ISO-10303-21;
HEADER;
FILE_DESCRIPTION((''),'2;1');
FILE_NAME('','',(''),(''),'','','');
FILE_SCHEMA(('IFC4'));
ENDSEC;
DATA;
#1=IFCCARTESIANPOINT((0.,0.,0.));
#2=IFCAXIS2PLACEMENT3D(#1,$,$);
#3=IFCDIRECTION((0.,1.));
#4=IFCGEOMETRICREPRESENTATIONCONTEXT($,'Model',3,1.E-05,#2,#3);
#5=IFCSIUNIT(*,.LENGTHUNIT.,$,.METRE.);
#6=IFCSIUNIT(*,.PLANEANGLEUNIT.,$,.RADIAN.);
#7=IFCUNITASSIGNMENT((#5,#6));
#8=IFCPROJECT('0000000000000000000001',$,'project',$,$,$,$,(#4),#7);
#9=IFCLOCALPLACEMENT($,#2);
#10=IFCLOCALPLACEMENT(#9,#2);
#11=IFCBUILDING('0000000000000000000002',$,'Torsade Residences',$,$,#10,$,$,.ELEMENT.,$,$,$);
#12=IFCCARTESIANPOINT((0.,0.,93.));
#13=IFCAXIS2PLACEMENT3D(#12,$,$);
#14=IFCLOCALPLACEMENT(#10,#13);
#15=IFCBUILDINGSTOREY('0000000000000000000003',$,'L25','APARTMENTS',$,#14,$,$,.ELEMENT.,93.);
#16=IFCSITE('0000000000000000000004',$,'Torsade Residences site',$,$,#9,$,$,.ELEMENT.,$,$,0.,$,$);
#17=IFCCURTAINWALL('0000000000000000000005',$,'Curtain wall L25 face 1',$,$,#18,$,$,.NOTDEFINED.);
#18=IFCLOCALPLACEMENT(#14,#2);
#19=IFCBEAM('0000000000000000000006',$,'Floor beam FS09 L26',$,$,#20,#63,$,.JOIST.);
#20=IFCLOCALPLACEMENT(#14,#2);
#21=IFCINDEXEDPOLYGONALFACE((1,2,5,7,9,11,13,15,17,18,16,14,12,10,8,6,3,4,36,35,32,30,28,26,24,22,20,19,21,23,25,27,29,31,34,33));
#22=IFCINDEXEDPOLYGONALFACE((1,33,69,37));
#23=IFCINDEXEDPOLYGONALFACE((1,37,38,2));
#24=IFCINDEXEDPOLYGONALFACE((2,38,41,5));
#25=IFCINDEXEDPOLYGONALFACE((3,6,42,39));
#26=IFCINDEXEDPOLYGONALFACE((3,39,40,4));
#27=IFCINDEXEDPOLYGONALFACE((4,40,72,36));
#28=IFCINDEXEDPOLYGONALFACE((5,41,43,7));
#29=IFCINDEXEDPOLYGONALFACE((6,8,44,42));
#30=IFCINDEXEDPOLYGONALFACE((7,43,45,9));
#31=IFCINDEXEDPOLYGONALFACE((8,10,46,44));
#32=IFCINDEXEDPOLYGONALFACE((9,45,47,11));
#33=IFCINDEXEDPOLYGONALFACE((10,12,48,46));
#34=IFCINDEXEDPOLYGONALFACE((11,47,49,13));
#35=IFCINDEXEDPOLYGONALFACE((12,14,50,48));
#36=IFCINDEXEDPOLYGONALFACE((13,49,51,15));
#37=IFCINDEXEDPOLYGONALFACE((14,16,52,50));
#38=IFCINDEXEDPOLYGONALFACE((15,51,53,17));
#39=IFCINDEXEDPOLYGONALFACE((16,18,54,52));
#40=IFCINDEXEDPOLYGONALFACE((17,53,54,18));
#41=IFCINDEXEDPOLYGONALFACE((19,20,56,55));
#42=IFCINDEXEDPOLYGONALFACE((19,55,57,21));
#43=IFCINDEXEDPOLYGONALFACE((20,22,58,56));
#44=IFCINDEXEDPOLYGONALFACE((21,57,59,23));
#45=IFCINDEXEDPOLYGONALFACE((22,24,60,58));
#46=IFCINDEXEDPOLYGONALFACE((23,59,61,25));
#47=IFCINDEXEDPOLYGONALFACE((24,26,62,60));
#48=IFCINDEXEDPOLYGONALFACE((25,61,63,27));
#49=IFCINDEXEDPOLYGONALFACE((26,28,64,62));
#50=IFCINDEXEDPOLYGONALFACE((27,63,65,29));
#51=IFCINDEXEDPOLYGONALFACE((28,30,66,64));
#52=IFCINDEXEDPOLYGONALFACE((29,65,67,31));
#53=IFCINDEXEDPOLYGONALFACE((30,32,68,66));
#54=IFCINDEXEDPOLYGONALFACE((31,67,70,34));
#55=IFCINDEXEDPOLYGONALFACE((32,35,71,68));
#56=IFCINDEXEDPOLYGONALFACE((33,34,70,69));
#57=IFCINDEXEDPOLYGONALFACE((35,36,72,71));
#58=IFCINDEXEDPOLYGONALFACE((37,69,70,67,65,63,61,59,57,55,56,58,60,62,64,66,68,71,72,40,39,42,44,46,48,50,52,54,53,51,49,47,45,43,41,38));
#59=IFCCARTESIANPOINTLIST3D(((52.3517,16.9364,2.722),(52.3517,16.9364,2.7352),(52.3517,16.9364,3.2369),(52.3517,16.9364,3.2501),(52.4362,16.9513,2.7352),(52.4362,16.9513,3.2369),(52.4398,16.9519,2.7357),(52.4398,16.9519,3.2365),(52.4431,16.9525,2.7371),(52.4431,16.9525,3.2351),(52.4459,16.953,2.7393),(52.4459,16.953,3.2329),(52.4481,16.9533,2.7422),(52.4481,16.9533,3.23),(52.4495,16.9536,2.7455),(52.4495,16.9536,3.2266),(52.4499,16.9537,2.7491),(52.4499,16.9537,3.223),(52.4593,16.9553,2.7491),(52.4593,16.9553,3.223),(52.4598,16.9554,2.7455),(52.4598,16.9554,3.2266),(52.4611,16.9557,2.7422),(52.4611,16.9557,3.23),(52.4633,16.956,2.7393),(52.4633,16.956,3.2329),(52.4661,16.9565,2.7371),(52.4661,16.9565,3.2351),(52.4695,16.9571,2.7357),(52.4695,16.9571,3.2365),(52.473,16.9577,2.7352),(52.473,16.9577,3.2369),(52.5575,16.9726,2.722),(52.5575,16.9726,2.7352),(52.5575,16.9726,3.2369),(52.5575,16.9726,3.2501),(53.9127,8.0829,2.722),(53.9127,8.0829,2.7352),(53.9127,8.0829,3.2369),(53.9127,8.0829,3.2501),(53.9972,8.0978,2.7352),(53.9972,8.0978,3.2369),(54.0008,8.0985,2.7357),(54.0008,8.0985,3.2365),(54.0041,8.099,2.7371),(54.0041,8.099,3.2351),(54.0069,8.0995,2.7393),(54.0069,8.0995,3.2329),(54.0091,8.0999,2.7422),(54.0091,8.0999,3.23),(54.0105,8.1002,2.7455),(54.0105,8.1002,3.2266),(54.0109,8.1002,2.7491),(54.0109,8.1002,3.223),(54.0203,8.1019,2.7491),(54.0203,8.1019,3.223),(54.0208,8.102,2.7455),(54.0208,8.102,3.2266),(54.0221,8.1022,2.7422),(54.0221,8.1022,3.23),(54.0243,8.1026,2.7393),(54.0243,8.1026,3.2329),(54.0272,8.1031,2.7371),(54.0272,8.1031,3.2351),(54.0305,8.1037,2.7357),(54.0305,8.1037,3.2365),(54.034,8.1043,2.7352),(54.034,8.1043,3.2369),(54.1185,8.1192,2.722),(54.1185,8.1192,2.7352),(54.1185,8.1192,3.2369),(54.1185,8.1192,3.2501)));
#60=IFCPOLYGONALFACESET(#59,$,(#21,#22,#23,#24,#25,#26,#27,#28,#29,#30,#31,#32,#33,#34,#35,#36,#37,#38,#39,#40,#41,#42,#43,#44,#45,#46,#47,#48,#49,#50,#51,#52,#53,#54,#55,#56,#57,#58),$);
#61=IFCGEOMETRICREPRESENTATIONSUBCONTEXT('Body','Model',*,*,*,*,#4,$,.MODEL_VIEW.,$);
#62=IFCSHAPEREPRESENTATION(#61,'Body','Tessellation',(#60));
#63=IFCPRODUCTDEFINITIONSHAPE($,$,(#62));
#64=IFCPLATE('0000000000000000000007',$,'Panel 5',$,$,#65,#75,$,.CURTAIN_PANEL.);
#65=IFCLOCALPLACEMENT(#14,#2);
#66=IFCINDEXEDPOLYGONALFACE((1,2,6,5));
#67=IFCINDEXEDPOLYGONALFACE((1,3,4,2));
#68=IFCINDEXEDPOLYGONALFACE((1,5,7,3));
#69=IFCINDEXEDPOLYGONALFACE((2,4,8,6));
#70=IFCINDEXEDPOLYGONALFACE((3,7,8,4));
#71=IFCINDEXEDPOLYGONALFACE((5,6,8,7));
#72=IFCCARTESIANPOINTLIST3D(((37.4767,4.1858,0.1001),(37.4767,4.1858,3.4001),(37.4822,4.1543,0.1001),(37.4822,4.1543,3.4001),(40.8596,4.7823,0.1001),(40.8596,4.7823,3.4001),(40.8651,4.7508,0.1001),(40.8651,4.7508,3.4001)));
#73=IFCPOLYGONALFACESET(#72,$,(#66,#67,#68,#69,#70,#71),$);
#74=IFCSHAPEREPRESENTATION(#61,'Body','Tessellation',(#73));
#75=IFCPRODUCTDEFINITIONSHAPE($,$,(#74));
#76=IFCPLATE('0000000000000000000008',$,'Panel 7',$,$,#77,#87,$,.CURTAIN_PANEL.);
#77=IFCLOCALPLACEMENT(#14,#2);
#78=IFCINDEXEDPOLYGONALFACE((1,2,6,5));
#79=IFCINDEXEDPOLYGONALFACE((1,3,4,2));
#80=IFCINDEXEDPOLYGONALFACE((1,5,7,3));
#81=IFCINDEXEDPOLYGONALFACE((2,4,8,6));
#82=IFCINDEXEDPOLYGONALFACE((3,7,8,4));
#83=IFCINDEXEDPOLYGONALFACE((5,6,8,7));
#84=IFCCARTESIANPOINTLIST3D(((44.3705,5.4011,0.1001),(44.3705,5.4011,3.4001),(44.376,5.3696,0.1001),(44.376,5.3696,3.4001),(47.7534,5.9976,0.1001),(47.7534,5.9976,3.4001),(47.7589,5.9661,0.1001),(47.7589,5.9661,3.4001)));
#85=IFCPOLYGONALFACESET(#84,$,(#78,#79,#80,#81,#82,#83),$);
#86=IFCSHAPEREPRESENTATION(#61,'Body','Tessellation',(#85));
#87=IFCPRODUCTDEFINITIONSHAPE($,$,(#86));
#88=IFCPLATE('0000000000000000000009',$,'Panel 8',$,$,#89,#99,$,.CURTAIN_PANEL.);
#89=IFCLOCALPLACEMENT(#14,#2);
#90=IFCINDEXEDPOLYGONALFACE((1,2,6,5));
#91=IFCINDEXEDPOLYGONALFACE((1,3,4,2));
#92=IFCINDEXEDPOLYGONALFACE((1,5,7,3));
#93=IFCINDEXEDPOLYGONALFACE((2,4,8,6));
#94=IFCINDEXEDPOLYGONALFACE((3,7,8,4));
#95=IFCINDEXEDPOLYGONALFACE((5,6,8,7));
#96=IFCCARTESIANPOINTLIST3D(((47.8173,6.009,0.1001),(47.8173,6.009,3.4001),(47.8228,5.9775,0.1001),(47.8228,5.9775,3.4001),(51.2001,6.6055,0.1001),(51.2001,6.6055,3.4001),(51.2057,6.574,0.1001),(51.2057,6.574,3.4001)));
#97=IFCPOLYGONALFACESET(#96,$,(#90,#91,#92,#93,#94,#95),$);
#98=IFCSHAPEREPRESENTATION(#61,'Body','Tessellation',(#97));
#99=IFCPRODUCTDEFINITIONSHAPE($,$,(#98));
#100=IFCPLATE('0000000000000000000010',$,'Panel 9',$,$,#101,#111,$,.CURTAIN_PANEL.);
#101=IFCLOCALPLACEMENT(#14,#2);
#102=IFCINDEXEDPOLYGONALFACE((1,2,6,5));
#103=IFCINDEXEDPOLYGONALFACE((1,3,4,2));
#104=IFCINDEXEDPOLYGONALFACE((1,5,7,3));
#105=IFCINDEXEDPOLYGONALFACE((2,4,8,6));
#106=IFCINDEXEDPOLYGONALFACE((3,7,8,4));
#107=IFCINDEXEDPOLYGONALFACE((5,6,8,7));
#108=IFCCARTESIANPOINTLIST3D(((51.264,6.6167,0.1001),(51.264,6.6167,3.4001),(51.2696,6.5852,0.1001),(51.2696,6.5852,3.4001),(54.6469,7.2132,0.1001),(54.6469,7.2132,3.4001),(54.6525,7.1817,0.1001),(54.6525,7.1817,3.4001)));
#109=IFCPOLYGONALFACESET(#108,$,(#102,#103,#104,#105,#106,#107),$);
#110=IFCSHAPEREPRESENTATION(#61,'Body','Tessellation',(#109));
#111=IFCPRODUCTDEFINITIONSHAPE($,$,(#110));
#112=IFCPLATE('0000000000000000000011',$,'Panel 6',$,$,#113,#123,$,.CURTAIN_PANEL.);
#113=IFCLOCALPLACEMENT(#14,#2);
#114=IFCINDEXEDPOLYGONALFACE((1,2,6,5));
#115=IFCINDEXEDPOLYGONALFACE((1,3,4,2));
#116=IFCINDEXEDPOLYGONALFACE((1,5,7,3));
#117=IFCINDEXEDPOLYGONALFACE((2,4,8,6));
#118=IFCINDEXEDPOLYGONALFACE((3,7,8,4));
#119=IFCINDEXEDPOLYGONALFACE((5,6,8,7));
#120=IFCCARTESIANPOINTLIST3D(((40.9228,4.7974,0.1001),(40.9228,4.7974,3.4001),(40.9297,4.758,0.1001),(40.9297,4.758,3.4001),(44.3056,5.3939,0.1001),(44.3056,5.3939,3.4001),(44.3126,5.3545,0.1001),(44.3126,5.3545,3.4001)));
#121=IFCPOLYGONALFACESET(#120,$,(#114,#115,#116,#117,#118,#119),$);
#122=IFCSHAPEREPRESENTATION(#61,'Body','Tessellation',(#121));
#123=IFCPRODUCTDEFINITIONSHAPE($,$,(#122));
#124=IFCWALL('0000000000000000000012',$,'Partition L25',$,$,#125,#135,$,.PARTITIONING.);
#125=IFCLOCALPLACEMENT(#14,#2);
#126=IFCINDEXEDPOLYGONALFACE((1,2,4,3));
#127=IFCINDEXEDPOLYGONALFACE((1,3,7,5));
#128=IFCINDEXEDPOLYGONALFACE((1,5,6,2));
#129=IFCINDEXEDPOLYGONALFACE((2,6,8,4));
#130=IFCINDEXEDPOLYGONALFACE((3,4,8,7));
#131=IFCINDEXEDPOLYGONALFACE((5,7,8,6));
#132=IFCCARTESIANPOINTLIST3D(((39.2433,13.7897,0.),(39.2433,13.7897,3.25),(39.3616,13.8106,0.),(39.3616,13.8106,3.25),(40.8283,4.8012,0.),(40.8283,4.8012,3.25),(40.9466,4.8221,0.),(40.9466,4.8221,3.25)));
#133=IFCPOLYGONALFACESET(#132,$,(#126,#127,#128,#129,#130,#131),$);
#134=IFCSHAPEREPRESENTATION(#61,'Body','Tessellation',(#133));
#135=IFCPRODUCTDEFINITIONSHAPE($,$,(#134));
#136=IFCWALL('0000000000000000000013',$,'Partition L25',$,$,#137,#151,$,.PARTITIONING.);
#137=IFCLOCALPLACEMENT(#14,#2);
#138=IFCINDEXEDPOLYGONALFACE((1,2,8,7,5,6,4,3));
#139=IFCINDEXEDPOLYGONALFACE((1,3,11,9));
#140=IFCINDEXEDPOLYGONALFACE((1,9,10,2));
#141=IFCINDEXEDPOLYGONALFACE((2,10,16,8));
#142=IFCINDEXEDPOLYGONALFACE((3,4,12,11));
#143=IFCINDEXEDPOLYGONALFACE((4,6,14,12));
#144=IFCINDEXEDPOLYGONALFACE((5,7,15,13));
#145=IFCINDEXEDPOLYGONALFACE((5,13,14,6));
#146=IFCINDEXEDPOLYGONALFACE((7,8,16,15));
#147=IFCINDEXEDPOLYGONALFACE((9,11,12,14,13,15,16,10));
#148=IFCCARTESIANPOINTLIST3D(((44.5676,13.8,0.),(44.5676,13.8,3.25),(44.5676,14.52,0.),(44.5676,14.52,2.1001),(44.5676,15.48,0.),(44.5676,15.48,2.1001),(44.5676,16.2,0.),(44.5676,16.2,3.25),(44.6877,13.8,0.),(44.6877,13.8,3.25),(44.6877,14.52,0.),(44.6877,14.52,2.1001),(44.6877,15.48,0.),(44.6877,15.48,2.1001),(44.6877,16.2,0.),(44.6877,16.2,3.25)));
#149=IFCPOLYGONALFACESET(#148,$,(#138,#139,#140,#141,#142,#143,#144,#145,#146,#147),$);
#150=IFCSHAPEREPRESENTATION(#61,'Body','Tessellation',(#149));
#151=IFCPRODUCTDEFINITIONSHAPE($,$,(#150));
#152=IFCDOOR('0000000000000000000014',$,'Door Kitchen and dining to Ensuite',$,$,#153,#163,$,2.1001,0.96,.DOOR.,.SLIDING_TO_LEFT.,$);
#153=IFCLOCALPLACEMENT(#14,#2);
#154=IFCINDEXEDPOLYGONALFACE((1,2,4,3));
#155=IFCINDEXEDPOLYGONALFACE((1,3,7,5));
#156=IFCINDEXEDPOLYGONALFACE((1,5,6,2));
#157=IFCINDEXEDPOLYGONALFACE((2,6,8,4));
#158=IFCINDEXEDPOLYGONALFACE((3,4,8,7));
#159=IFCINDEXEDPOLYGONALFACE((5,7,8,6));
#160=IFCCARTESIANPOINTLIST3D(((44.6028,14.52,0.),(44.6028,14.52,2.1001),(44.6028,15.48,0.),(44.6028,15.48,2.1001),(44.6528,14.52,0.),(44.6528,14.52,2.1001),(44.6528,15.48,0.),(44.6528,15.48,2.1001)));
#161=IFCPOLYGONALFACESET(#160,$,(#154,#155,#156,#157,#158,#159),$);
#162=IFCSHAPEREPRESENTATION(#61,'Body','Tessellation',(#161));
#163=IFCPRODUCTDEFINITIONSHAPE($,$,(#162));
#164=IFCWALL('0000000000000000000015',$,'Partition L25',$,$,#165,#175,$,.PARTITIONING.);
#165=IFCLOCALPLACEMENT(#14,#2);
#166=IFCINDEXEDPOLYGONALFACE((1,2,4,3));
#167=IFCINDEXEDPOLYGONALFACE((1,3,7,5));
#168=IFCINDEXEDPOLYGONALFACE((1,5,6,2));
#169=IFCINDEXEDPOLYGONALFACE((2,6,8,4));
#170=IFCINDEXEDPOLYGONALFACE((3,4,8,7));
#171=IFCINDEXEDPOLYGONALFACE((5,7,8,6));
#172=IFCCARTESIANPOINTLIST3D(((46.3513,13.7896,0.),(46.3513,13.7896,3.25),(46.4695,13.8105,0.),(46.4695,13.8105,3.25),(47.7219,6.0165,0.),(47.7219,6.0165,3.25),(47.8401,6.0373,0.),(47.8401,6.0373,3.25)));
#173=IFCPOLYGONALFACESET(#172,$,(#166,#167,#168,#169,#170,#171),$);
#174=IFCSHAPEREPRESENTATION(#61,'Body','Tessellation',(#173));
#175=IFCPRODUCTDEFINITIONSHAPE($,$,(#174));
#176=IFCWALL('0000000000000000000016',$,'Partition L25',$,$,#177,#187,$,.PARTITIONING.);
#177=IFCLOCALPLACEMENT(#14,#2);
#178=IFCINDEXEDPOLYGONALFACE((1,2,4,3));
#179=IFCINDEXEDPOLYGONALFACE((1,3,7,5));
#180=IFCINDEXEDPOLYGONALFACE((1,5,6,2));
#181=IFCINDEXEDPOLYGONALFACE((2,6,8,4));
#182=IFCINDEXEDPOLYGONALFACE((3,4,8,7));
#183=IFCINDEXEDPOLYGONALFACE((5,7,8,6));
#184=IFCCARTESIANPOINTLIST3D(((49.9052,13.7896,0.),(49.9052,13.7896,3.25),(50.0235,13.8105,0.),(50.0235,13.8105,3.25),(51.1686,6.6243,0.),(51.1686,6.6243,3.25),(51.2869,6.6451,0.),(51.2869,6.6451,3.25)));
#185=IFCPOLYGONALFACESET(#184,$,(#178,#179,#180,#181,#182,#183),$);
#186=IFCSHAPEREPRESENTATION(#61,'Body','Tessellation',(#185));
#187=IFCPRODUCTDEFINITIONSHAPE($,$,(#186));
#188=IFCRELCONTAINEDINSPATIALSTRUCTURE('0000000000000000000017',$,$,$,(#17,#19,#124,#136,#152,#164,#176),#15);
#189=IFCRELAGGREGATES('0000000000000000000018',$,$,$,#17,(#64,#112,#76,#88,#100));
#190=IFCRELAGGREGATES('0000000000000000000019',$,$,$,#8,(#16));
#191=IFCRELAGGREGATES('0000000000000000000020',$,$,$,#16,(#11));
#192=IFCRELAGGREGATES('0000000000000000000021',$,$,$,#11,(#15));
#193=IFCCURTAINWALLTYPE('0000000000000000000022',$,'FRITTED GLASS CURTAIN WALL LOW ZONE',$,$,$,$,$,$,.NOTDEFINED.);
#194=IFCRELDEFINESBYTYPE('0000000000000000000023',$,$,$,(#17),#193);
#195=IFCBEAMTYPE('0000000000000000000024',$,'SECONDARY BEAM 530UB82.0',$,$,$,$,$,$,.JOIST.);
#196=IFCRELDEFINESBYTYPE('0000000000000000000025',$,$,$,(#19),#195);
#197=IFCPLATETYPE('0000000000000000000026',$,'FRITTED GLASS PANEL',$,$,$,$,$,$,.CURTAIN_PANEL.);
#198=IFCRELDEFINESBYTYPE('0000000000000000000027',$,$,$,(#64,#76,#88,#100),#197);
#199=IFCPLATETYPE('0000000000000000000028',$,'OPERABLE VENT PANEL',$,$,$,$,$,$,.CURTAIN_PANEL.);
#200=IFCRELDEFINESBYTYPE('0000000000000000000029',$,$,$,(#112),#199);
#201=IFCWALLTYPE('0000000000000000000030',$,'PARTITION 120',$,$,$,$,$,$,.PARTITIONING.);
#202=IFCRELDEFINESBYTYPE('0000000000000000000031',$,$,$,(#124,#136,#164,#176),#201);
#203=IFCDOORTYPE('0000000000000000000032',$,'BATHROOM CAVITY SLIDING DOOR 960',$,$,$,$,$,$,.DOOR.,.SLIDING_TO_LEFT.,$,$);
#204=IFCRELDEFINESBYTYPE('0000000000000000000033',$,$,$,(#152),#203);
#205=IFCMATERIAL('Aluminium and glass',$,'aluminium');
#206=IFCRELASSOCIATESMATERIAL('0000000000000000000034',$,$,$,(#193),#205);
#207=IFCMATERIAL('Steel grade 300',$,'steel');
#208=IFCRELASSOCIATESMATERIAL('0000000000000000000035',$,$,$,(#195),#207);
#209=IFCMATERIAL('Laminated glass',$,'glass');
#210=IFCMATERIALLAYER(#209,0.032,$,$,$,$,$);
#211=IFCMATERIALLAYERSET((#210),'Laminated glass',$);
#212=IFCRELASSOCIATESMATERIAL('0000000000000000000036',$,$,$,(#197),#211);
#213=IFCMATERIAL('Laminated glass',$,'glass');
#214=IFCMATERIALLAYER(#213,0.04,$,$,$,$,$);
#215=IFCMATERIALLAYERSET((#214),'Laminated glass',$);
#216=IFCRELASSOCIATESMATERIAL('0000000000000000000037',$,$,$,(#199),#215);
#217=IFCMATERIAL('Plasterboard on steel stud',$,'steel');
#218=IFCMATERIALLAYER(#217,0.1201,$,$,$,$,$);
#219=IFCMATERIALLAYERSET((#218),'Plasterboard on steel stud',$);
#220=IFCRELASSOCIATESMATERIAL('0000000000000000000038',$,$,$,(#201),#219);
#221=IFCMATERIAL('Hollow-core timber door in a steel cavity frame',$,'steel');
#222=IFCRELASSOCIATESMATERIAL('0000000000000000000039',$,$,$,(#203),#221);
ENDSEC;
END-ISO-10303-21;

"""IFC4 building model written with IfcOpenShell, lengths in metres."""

from ifc_helpers import new_model, si_unit, direction, frame, frame_2d, origin, origin_2d, place, context, subcontext, project, spatial, rectangle, i_section, extrude, material, layer, layer_set, material_profile, profile_set, type_object, element, fill, aggregate, save


model = new_model("IFC4")

# Units and contexts
model_context = context("Model", 3, precision=1e-05, world=origin(), true_north=direction((0.0, 1.0)))
body_context = subcontext(model_context, "Body", "Model", "MODEL_VIEW")
ifc_project = project(units=[si_unit("LENGTHUNIT", "METRE"), si_unit("PLANEANGLEUNIT", "RADIAN")], contexts=[model_context])

# Site, building, storey
site_placement = place(None, origin())
site = spatial("IfcSite", under=ifc_project, at=site_placement, Name="Torsade Residences site", CompositionType="ELEMENT", RefElevation=0.0)
building_placement = place(site_placement, origin())
building = spatial("IfcBuilding", under=site, at=building_placement, Name="Torsade Residences", CompositionType="ELEMENT")
storey_placement = place(building_placement, frame((0.0, 0.0, 93.0)))
storey = spatial("IfcBuildingStorey", under=building, at=storey_placement, Name="L25", Description="APARTMENTS", CompositionType="ELEMENT", Elevation=93.0)

# Curtain wall
ifc_material_1 = material(Name="Aluminium and glass", Category="aluminium")
curtain_wall_type = type_object("IfcCurtainWallType", Name="FRITTED GLASS CURTAIN WALL LOW ZONE", PredefinedType="NOTDEFINED", material=ifc_material_1)
curtain_wall_placement = place(storey_placement, origin())
curtain_wall = element("IfcCurtainWall", 1, at=curtain_wall_placement, inside=storey, type_object=curtain_wall_type, Name="Curtain wall L25 face 1", PredefinedType="NOTDEFINED")

# Beam
ifc_material_2 = material(Name="Steel grade 300", Category="steel")
ifc_material_profile_1 = material_profile(ifc_material_2, i_section(OverallWidth=0.209, OverallDepth=0.5281, WebThickness=0.0095, FlangeThickness=0.0132, FilletRadius=0.0139, at=origin_2d()), Name="530UB82.0")
ifc_profile_set_1 = profile_set([ifc_material_profile_1], Name="Steel grade 300")
beam_type_1 = type_object("IfcBeamType", Name="SECONDARY BEAM 530UB82.0", PredefinedType="JOIST", material=ifc_profile_set_1)
beam_1_placement = place(storey_placement, frame((54.0156, 8.1011, 2.9861), z_axis=(-0.17364, 0.984809, 0.0), x_axis=(-0.984809, -0.17364, 0.0)))
element("IfcBeam", 2, at=beam_1_placement, inside=storey, type_object=beam_type_1, Name="Floor beam FS09 L26", PredefinedType="JOIST", context=body_context, shape_type="SweptSolid", body=[
    extrude(i_section(OverallWidth=0.209, OverallDepth=0.5281, WebThickness=0.0095, FlangeThickness=0.0132, FilletRadius=0.0139, at=origin_2d()), origin(), (0.0, 0.0, 1.0), 8.99),
])

# Plates
ifc_material_3 = material(Name="Laminated glass", Category="glass")
ifc_layer_1 = layer(ifc_material_3, 0.032)
ifc_layer_set_1 = layer_set([ifc_layer_1], Name="Laminated glass")
plate_type_1 = type_object("IfcPlateType", Name="FRITTED GLASS PANEL", PredefinedType="CURTAIN_PANEL", material=ifc_layer_set_1)
plate_1_placement = place(storey_placement, frame((39.1709, 4.4683, 0.1001), z_axis=(0.0, 0.0, 1.0), x_axis=(0.984808, 0.173648, 0.0)))
plate_1 = element("IfcPlate", 3, at=plate_1_placement, type_object=plate_type_1, Name="Panel 5", PredefinedType="CURTAIN_PANEL", context=body_context, shape_type="SweptSolid", body=[
    extrude(rectangle(XDim=3.4351, YDim=0.032, at=origin_2d()), origin(), (0.0, 0.0, 1.0), 3.3),
])
plate_2_placement = place(storey_placement, frame((46.0647, 5.6836, 0.1001), z_axis=(0.0, 0.0, 1.0), x_axis=(0.984808, 0.173648, 0.0)))
plate_2 = element("IfcPlate", 4, at=plate_2_placement, type_object=plate_type_1, Name="Panel 7", PredefinedType="CURTAIN_PANEL", context=body_context, shape_type="SweptSolid", body=[
    extrude(rectangle(XDim=3.4351, YDim=0.032, at=origin_2d()), origin(), (0.0, 0.0, 1.0), 3.3),
])
plate_3_placement = place(storey_placement, frame((49.5115, 6.2915, 0.1001), z_axis=(0.0, 0.0, 1.0), x_axis=(0.984808, 0.173648, 0.0)))
plate_3 = element("IfcPlate", 5, at=plate_3_placement, type_object=plate_type_1, Name="Panel 8", PredefinedType="CURTAIN_PANEL", context=body_context, shape_type="SweptSolid", body=[
    extrude(rectangle(XDim=3.4351, YDim=0.032, at=origin_2d()), origin(), (0.0, 0.0, 1.0), 3.3),
])
plate_4_placement = place(storey_placement, frame((52.9583, 6.8992, 0.1001), z_axis=(0.0, 0.0, 1.0), x_axis=(0.984808, 0.173648, 0.0)))
plate_4 = element("IfcPlate", 6, at=plate_4_placement, type_object=plate_type_1, Name="Panel 9", PredefinedType="CURTAIN_PANEL", context=body_context, shape_type="SweptSolid", body=[
    extrude(rectangle(XDim=3.4351, YDim=0.032, at=origin_2d()), origin(), (0.0, 0.0, 1.0), 3.3),
])
ifc_material_4 = material(Name="Laminated glass", Category="glass")
ifc_layer_2 = layer(ifc_material_4, 0.04)
ifc_layer_set_2 = layer_set([ifc_layer_2], Name="Laminated glass")
plate_type_2 = type_object("IfcPlateType", Name="OPERABLE VENT PANEL", PredefinedType="CURTAIN_PANEL", material=ifc_layer_set_2)
plate_5_placement = place(storey_placement, frame((42.6177, 5.0759, 0.1001), z_axis=(0.0, 0.0, 1.0), x_axis=(0.984808, 0.173648, 0.0)))
plate_5 = element("IfcPlate", 7, at=plate_5_placement, type_object=plate_type_2, Name="Panel 6", PredefinedType="CURTAIN_PANEL", context=body_context, shape_type="SweptSolid", body=[
    extrude(rectangle(XDim=3.4351, YDim=0.04, at=origin_2d()), origin(), (0.0, 0.0, 1.0), 3.3),
])
aggregate(curtain_wall, [plate_1, plate_5, plate_2, plate_3, plate_4])

# Wall
ifc_material_5 = material(Name="Plasterboard on steel stud", Category="steel")
ifc_layer_3 = layer(ifc_material_5, 0.1201)
ifc_layer_set_3 = layer_set([ifc_layer_3], Name="Plasterboard on steel stud")
wall_type_1 = type_object("IfcWallType", Name="PARTITION 120", PredefinedType="PARTITIONING", material=ifc_layer_set_3)
wall_1_placement = place(storey_placement, frame((39.3025, 13.8, 0.0), z_axis=(0.0, 0.0, 1.0), x_axis=(0.173653, -0.984807, 0.0)))
element("IfcWall", 8, at=wall_1_placement, inside=storey, type_object=wall_type_1, Name="Partition L25", PredefinedType="PARTITIONING", context=body_context, shape_type="SweptSolid", body=[
    extrude(rectangle(XDim=9.1272, YDim=0.1201, at=frame_2d((4.5635, 0.0))), origin(), (0.0, 0.0, 1.0), 3.25),
])

# Wall, opening, door
wall_2_placement = place(storey_placement, frame((44.6277, 13.8, 0.0), z_axis=(0.0, 0.0, 1.0), x_axis=(0.0, 1.0, 0.0)))
wall_2 = element("IfcWall", 9, at=wall_2_placement, inside=storey, type_object=wall_type_1, Name="Partition L25", PredefinedType="PARTITIONING", context=body_context, shape_type="SweptSolid", body=[
    extrude(rectangle(XDim=2.3999, YDim=0.1201, at=frame_2d((1.2, 0.0))), origin(), (0.0, 0.0, 1.0), 3.25),
])
opening_placement = place(wall_2_placement, frame((0.72, 0.0, 0.0)))
opening = element("IfcOpeningElement", 10, at=opening_placement, cuts=wall_2, PredefinedType="OPENING", context=body_context, shape_type="SweptSolid", body=[
    extrude(rectangle(XDim=0.96, YDim=2.1001, at=frame_2d((0.48, 1.05))), frame((0.0, 0.0701, 0.0), z_axis=(0.0, -1.0, 0.0), x_axis=(1.0, 0.0, 0.0)), (0.0, 0.0, 1.0), 0.1401),
])
ifc_material_6 = material(Name="Hollow-core timber door in a steel cavity frame", Category="steel")
door_type = type_object("IfcDoorType", Name="BATHROOM CAVITY SLIDING DOOR 960", OperationType="SLIDING_TO_LEFT", PredefinedType="DOOR", material=ifc_material_6)
door_placement = place(opening_placement, origin())
door = element("IfcDoor", 11, at=door_placement, inside=storey, type_object=door_type, Name="Door Kitchen and dining to Ensuite", OperationType="SLIDING_TO_LEFT", OverallHeight=2.1001, OverallWidth=0.96, PredefinedType="DOOR", context=body_context, shape_type="SweptSolid", body=[
    extrude(rectangle(XDim=0.96, YDim=2.1001, at=frame_2d((0.48, 1.05))), frame((0.0, 0.0249, 0.0), z_axis=(0.0, -1.0, 0.0), x_axis=(1.0, 0.0, 0.0)), (0.0, 0.0, 1.0), 0.05),
])
fill(opening, door)

# Walls
wall_3_placement = place(storey_placement, frame((46.4104, 13.8, 0.0), z_axis=(0.0, 0.0, 1.0), x_axis=(0.173646, -0.984808, 0.0)))
element("IfcWall", 12, at=wall_3_placement, inside=storey, type_object=wall_type_1, Name="Partition L25", PredefinedType="PARTITIONING", context=body_context, shape_type="SweptSolid", body=[
    extrude(rectangle(XDim=7.8931, YDim=0.1201, at=frame_2d((3.9465, 0.0))), origin(), (0.0, 0.0, 1.0), 3.25),
])
wall_4_placement = place(storey_placement, frame((49.9644, 13.8, 0.0), z_axis=(0.0, 0.0, 1.0), x_axis=(0.173648, -0.984808, 0.0)))
element("IfcWall", 13, at=wall_4_placement, inside=storey, type_object=wall_type_1, Name="Partition L25", PredefinedType="PARTITIONING", context=body_context, shape_type="SweptSolid", body=[
    extrude(rectangle(XDim=7.2759, YDim=0.1201, at=frame_2d((3.6379, 0.0))), origin(), (0.0, 0.0, 1.0), 3.25),
])

save(model, "model.ifc")
